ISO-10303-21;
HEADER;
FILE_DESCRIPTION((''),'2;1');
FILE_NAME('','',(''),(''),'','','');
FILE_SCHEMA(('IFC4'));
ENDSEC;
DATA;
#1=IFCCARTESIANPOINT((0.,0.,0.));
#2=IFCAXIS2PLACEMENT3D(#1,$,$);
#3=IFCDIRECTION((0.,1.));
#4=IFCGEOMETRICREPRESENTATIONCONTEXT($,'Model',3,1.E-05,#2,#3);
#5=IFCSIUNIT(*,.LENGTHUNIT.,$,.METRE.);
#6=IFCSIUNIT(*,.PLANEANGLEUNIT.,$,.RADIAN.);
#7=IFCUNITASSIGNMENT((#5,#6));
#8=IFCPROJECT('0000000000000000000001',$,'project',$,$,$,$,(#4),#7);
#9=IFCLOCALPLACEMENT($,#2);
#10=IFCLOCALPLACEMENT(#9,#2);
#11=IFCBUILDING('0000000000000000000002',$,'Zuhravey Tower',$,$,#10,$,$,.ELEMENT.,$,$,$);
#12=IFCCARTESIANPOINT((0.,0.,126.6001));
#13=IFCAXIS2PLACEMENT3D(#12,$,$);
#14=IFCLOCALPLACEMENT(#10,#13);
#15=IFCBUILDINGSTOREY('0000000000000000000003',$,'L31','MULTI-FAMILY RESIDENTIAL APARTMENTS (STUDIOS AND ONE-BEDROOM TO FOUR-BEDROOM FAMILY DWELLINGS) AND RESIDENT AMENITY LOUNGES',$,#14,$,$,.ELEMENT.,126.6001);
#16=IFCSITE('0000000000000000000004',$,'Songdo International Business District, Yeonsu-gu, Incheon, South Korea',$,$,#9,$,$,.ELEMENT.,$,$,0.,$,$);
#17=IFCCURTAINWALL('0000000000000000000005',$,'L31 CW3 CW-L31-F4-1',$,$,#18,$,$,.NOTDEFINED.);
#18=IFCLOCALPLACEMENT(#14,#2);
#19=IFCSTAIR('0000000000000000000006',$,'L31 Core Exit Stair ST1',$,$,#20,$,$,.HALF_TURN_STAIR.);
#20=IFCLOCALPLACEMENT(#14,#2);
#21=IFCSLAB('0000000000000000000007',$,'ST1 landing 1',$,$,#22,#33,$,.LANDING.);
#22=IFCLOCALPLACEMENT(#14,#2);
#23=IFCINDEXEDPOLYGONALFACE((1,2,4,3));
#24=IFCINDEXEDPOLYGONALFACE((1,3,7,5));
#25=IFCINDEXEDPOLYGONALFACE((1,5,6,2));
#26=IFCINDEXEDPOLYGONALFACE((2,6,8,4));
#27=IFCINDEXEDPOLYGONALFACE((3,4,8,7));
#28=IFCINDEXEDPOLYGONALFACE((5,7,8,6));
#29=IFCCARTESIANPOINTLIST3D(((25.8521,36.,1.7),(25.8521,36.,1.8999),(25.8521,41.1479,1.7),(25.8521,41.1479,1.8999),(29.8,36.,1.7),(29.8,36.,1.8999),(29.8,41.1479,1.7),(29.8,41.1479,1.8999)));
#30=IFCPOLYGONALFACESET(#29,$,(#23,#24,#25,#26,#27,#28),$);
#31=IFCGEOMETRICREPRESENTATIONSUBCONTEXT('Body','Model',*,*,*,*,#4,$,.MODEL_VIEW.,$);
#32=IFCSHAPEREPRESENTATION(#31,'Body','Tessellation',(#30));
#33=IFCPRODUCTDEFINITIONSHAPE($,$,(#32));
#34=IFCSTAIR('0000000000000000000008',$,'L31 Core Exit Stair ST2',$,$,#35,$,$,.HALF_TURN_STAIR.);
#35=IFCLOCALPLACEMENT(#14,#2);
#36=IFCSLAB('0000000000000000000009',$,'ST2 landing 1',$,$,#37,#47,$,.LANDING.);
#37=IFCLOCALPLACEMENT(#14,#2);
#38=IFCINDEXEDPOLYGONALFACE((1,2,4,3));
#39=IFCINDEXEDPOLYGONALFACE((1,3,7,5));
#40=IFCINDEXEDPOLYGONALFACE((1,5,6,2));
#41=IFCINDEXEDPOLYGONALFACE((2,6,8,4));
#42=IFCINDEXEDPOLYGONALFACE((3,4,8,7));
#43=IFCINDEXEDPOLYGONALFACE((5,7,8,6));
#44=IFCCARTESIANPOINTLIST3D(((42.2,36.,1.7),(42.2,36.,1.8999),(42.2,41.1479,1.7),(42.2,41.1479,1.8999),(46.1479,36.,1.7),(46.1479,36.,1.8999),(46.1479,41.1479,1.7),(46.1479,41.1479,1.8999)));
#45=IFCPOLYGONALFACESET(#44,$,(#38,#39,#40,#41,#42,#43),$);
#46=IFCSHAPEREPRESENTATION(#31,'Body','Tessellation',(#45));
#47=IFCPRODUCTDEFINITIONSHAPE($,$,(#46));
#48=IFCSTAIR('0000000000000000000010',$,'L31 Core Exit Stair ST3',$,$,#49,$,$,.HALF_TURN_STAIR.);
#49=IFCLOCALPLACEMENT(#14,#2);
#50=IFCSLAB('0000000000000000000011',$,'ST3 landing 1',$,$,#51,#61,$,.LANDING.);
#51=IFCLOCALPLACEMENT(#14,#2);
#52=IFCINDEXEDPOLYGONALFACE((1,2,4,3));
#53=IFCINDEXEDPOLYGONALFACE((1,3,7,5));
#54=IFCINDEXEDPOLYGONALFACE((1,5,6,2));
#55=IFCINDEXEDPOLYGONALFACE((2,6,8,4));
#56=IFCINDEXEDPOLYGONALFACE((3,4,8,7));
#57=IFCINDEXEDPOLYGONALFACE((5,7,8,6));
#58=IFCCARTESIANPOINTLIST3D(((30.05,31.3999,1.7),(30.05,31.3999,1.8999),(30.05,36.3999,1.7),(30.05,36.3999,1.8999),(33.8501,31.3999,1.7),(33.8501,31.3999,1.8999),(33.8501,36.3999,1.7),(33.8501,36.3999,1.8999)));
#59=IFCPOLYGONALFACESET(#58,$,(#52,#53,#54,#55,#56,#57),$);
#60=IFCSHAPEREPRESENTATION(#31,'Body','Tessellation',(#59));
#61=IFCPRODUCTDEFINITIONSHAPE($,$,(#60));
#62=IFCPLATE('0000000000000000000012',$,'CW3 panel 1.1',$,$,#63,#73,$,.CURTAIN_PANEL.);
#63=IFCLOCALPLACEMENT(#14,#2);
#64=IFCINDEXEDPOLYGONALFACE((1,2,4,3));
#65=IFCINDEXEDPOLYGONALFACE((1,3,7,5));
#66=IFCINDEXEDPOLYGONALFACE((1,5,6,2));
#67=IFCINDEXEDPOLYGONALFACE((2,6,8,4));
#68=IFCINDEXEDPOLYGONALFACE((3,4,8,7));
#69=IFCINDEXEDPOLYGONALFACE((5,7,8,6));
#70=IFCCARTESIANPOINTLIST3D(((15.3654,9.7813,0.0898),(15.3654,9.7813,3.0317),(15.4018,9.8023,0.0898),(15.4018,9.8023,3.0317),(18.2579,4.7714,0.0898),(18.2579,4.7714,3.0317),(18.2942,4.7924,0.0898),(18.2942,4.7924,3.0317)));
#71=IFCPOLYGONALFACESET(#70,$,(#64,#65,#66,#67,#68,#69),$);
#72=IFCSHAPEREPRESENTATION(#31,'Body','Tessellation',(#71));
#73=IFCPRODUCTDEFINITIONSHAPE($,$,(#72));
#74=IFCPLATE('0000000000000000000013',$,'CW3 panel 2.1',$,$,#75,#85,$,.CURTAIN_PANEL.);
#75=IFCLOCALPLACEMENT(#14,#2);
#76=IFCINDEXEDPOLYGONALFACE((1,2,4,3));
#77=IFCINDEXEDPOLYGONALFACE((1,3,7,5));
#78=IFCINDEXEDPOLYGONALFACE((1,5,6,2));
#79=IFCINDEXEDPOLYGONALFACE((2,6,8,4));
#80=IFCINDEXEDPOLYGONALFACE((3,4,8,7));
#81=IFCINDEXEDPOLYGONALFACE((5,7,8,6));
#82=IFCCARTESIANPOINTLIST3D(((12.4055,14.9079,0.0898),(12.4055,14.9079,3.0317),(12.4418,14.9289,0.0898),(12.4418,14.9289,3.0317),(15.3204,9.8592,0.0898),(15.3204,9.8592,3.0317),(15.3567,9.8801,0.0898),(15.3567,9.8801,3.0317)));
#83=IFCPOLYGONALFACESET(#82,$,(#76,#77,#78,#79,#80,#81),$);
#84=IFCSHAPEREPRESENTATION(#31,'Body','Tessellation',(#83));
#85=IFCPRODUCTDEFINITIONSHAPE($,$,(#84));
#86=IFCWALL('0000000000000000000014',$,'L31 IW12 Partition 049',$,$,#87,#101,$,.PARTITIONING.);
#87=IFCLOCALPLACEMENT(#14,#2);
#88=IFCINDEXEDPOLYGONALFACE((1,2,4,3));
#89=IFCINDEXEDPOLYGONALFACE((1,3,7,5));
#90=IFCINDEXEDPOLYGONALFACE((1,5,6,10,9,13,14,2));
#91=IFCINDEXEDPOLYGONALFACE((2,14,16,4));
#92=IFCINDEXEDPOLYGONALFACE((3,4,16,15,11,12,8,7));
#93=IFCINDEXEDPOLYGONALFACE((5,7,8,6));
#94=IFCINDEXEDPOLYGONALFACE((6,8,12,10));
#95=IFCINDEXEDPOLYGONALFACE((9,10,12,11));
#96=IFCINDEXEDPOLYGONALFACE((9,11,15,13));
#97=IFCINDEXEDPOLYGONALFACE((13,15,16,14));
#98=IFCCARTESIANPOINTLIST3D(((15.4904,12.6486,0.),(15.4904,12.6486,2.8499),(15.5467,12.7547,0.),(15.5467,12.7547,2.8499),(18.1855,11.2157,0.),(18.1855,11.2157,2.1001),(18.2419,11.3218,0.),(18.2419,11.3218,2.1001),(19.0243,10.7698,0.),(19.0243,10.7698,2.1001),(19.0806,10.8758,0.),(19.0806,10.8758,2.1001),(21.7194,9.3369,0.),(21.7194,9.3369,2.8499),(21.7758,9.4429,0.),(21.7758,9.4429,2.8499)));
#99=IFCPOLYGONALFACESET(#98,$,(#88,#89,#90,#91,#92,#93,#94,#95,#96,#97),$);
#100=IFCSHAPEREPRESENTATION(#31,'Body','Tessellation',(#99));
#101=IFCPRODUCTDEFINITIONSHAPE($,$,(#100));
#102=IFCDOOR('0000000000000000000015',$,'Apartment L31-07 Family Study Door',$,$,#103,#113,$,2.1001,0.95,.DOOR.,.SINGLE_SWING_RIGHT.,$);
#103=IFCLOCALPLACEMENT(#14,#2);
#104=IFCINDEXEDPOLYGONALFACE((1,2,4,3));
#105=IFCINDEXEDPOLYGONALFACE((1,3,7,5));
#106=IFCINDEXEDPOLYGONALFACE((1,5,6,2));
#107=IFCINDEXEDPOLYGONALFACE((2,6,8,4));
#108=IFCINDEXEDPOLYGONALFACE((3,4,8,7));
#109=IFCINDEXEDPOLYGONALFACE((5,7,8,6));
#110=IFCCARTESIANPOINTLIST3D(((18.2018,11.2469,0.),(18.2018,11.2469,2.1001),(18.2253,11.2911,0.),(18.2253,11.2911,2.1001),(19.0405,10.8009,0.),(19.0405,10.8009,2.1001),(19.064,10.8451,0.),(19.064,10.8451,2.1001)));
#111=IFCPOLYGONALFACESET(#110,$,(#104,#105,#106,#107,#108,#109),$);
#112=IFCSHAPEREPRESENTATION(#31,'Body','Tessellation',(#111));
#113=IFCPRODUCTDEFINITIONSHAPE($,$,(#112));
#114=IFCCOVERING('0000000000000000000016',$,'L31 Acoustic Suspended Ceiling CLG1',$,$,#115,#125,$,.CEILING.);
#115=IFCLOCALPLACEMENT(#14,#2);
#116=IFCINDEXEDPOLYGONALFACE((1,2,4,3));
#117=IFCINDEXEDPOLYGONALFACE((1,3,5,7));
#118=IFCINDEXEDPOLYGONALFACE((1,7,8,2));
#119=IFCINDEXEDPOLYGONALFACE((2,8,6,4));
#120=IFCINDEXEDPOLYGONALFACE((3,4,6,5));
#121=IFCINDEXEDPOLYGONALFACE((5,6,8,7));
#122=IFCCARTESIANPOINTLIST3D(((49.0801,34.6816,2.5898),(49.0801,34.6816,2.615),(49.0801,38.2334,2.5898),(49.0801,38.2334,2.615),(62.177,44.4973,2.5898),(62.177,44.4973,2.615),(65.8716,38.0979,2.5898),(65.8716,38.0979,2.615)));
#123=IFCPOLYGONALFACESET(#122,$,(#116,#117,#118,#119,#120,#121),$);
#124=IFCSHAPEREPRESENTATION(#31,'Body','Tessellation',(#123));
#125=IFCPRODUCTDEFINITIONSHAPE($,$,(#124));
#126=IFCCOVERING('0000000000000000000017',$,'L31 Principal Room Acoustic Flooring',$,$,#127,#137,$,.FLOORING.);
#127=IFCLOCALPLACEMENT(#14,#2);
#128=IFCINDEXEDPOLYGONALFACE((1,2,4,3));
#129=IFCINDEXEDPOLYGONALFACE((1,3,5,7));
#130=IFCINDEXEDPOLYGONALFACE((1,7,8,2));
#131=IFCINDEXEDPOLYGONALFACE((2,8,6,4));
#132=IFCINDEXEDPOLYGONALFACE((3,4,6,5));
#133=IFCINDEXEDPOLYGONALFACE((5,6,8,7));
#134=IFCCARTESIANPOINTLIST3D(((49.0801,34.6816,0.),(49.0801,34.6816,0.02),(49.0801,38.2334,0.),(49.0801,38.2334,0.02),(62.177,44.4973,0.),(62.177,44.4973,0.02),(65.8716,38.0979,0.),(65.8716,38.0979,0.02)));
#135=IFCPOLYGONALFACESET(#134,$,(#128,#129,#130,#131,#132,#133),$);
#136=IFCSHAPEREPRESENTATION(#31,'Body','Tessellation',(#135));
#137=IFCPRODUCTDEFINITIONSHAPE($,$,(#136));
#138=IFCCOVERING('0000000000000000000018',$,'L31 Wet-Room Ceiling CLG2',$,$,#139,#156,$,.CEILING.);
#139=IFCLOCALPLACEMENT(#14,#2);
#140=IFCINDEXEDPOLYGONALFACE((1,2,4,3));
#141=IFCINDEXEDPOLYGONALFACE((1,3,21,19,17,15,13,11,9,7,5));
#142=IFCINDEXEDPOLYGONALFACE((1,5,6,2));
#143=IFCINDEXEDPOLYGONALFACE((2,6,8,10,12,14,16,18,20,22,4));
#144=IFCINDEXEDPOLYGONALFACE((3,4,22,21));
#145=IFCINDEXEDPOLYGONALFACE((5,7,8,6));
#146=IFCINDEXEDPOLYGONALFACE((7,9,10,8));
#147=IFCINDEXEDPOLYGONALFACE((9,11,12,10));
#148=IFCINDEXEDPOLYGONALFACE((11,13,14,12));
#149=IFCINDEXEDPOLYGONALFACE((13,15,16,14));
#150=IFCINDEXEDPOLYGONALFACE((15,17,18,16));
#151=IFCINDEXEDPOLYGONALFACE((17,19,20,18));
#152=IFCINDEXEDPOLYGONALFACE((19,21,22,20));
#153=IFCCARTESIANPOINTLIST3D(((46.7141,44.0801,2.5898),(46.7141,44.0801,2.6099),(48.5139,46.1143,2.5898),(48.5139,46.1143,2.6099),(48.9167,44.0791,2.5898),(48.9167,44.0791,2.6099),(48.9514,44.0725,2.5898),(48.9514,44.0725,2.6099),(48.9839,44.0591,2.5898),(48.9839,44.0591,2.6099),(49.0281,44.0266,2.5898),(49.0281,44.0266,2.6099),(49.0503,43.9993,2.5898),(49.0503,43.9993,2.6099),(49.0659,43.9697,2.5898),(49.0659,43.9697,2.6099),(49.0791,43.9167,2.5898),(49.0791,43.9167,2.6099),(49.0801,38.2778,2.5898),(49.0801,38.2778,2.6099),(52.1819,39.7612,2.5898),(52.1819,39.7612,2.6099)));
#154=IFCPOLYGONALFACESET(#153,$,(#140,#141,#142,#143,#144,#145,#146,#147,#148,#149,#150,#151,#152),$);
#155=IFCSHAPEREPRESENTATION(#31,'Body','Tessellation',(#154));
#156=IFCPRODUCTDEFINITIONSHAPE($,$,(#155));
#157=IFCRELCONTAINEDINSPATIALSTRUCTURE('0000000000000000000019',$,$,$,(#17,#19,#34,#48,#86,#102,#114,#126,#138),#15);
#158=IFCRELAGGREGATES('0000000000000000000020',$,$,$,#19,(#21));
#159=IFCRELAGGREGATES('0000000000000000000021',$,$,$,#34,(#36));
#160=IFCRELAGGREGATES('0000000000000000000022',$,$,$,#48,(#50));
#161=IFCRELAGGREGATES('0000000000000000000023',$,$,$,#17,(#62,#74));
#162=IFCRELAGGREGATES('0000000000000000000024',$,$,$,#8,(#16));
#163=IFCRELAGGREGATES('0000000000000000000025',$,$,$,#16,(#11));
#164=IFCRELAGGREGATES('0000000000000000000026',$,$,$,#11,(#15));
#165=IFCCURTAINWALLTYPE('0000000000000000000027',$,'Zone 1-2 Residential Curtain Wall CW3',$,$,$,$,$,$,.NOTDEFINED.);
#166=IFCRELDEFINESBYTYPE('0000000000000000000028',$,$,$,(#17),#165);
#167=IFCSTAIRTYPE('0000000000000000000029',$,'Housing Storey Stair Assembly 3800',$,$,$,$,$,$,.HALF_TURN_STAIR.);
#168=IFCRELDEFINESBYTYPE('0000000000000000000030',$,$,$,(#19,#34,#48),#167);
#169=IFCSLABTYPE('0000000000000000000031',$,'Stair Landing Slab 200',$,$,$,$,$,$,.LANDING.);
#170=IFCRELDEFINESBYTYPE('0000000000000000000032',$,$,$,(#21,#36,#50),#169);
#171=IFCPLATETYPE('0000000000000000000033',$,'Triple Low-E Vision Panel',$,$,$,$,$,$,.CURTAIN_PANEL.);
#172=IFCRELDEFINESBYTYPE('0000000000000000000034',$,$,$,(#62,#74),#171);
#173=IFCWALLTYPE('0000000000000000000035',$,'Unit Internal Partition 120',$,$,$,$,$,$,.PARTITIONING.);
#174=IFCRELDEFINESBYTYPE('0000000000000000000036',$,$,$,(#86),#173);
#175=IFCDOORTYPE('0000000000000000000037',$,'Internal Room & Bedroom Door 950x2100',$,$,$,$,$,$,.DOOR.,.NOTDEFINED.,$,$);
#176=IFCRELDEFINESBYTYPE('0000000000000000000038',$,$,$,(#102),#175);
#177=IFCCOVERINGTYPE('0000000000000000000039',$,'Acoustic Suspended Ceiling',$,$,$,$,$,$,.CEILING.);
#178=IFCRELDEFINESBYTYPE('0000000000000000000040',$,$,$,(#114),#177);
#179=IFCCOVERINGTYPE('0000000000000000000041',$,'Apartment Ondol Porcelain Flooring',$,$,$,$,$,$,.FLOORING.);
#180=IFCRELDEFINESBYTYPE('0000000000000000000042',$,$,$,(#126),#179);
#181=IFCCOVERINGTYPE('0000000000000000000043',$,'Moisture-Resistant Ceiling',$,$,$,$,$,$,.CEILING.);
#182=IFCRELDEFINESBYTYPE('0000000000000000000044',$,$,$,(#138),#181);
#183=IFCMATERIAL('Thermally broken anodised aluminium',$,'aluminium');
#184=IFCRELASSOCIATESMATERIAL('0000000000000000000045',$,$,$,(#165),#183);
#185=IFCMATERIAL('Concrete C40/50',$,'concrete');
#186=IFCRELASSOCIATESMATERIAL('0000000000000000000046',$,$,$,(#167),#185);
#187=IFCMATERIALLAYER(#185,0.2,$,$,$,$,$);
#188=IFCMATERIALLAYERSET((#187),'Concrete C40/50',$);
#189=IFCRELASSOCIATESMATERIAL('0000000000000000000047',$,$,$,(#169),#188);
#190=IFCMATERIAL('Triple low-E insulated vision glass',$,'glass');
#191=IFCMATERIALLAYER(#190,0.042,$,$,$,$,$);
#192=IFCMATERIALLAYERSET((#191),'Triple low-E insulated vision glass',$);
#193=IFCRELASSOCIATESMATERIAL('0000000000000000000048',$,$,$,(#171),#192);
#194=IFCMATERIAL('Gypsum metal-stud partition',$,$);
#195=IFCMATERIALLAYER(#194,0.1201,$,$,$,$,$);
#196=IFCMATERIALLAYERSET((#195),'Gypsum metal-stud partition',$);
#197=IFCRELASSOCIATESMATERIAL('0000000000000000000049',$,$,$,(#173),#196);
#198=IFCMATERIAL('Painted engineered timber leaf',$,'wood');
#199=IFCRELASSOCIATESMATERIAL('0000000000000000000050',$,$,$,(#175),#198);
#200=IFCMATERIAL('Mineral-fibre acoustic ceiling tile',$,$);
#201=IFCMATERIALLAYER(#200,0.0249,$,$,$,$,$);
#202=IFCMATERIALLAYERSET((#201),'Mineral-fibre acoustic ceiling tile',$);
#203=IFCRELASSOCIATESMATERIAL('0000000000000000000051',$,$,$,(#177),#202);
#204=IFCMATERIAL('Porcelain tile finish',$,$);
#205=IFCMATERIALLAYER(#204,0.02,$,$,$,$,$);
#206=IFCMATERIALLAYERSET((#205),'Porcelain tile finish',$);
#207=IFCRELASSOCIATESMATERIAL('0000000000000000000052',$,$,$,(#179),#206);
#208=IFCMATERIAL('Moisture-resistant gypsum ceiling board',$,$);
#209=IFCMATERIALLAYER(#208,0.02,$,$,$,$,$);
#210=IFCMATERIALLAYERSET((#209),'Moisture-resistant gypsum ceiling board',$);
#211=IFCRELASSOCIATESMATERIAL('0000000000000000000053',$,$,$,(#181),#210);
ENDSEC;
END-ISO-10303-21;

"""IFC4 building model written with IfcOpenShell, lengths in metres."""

from ifc_helpers import new_model, si_unit, direction, frame, frame_2d, origin, origin_2d, place, context, subcontext, project, spatial, polyline, rectangle, outline, extrude, material, layer, layer_set, type_object, element, fill, aggregate, save


model = new_model("IFC4")

# Units and contexts
model_context = context("Model", 3, precision=1e-05, world=origin(), true_north=direction((0.0, 1.0)))
body_context = subcontext(model_context, "Body", "Model", "MODEL_VIEW")
ifc_project = project(units=[si_unit("LENGTHUNIT", "METRE"), si_unit("PLANEANGLEUNIT", "RADIAN")], contexts=[model_context])

# Site, building, storey
site_placement = place(None, origin())
site = spatial("IfcSite", under=ifc_project, at=site_placement, Name="Songdo International Business District, Yeonsu-gu, Incheon, South Korea", CompositionType="ELEMENT", RefElevation=0.0)
building_placement = place(site_placement, origin())
building = spatial("IfcBuilding", under=site, at=building_placement, Name="Zuhravey Tower", CompositionType="ELEMENT")
storey_placement = place(building_placement, frame((0.0, 0.0, 126.6001)))
storey = spatial("IfcBuildingStorey", under=building, at=storey_placement, Name="L31", Description="MULTI-FAMILY RESIDENTIAL APARTMENTS (STUDIOS AND ONE-BEDROOM TO FOUR-BEDROOM FAMILY DWELLINGS) AND RESIDENT AMENITY LOUNGES", CompositionType="ELEMENT", Elevation=126.6001)

# Curtain wall
ifc_material_1 = material(Name="Thermally broken anodised aluminium", Category="aluminium")
curtain_wall_type = type_object("IfcCurtainWallType", Name="Zone 1-2 Residential Curtain Wall CW3", PredefinedType="NOTDEFINED", material=ifc_material_1)
curtain_wall_placement = place(storey_placement, origin())
curtain_wall = element("IfcCurtainWall", 1, at=curtain_wall_placement, inside=storey, type_object=curtain_wall_type, Name="L31 CW3 CW-L31-F4-1", PredefinedType="NOTDEFINED")

# Shared definitions
ifc_material_2 = material(Name="Concrete C40/50", Category="concrete")

# Stairs, slabs
stair_type = type_object("IfcStairType", Name="Housing Storey Stair Assembly 3800", PredefinedType="HALF_TURN_STAIR", material=ifc_material_2)
stair_1_placement = place(storey_placement, origin())
stair_1 = element("IfcStair", 2, at=stair_1_placement, inside=storey, type_object=stair_type, Name="L31 Core Exit Stair ST1", PredefinedType="HALF_TURN_STAIR")
ifc_layer_1 = layer(ifc_material_2, 0.2)
ifc_layer_set_1 = layer_set([ifc_layer_1], Name="Concrete C40/50")
slab_type_1 = type_object("IfcSlabType", Name="Stair Landing Slab 200", PredefinedType="LANDING", material=ifc_layer_set_1)
slab_1_placement = place(storey_placement, frame((0.0, 0.0, 1.7)))
slab_1 = element("IfcSlab", 3, at=slab_1_placement, type_object=slab_type_1, Name="ST1 landing 1", PredefinedType="LANDING", context=body_context, shape_type="SweptSolid", body=[
    extrude(outline(polyline([(29.8, 36.0), (29.8, 41.1479), (25.8521, 41.1479), (25.8521, 36.0), (29.8, 36.0)])), origin(), (0.0, 0.0, 1.0), 0.2),
])
aggregate(stair_1, [slab_1])
stair_2_placement = place(storey_placement, origin())
stair_2 = element("IfcStair", 4, at=stair_2_placement, inside=storey, type_object=stair_type, Name="L31 Core Exit Stair ST2", PredefinedType="HALF_TURN_STAIR")
slab_2_placement = place(storey_placement, frame((0.0, 0.0, 1.7)))
slab_2 = element("IfcSlab", 5, at=slab_2_placement, type_object=slab_type_1, Name="ST2 landing 1", PredefinedType="LANDING", context=body_context, shape_type="SweptSolid", body=[
    extrude(outline(polyline([(46.1479, 36.0), (46.1479, 41.1479), (42.2, 41.1479), (42.2, 36.0), (46.1479, 36.0)])), origin(), (0.0, 0.0, 1.0), 0.2),
])
aggregate(stair_2, [slab_2])
stair_3_placement = place(storey_placement, origin())
stair_3 = element("IfcStair", 6, at=stair_3_placement, inside=storey, type_object=stair_type, Name="L31 Core Exit Stair ST3", PredefinedType="HALF_TURN_STAIR")
slab_3_placement = place(storey_placement, frame((0.0, 0.0, 1.7)))
slab_3 = element("IfcSlab", 7, at=slab_3_placement, type_object=slab_type_1, Name="ST3 landing 1", PredefinedType="LANDING", context=body_context, shape_type="SweptSolid", body=[
    extrude(outline(polyline([(30.05, 36.3999), (30.05, 31.3999), (33.8501, 31.3999), (33.8501, 36.3999), (30.05, 36.3999)])), origin(), (0.0, 0.0, 1.0), 0.2),
])
aggregate(stair_3, [slab_3])

# Plates
ifc_material_3 = material(Name="Triple low-E insulated vision glass", Category="glass")
ifc_layer_2 = layer(ifc_material_3, 0.042)
ifc_layer_set_2 = layer_set([ifc_layer_2], Name="Triple low-E insulated vision glass")
plate_type = type_object("IfcPlateType", Name="Triple Low-E Vision Panel", PredefinedType="CURTAIN_PANEL", material=ifc_layer_set_2)
plate_1_placement = place(storey_placement, frame((16.8298, 7.2869, 0.0898), z_axis=(0.0, 0.0, 1.0), x_axis=(-0.5, 0.866026, 0.0)))
plate_1 = element("IfcPlate", 8, at=plate_1_placement, type_object=plate_type, Name="CW3 panel 1.1", PredefinedType="CURTAIN_PANEL", context=body_context, shape_type="SweptSolid", body=[
    extrude(rectangle(XDim=5.7849, YDim=0.042, at=origin_2d()), origin(), (0.0, 0.0, 1.0), 2.9419),
])
plate_2_placement = place(storey_placement, frame((13.8811, 12.394, 0.0898), z_axis=(0.0, 0.0, 1.0), x_axis=(-0.5, 0.866026, 0.0)))
plate_2 = element("IfcPlate", 9, at=plate_2_placement, type_object=plate_type, Name="CW3 panel 2.1", PredefinedType="CURTAIN_PANEL", context=body_context, shape_type="SweptSolid", body=[
    extrude(rectangle(XDim=5.8298, YDim=0.042, at=origin_2d()), origin(), (0.0, 0.0, 1.0), 2.9419),
])
aggregate(curtain_wall, [plate_1, plate_2])

# Wall, opening, door
ifc_material_4 = material(Name="Gypsum metal-stud partition")
ifc_layer_3 = layer(ifc_material_4, 0.1201)
ifc_layer_set_3 = layer_set([ifc_layer_3], Name="Gypsum metal-stud partition")
wall_type = type_object("IfcWallType", Name="Unit Internal Partition 120", PredefinedType="PARTITIONING", material=ifc_layer_set_3)
wall_placement = place(storey_placement, frame((15.5186, 12.7017, 0.0), z_axis=(0.0, 0.0, 1.0), x_axis=(0.882962, -0.469444, 0.0)))
wall = element("IfcWall", 10, at=wall_placement, inside=storey, type_object=wall_type, Name="L31 IW12 Partition 049", PredefinedType="PARTITIONING", context=body_context, shape_type="SweptSolid", body=[
    extrude(rectangle(XDim=7.0547, YDim=0.1201, at=frame_2d((3.5273, 0.0))), origin(), (0.0, 0.0, 1.0), 2.8499),
])
opening_placement = place(wall_placement, frame((3.0522, 0.0, 0.0)))
opening = element("IfcOpeningElement", 11, at=opening_placement, cuts=wall, PredefinedType="OPENING", context=body_context, shape_type="SweptSolid", body=[
    extrude(rectangle(XDim=0.95, YDim=2.1001, at=frame_2d((0.4751, 1.05))), frame((0.0, 0.072, 0.0), z_axis=(0.0, -1.0, 0.0), x_axis=(1.0, 0.0, 0.0)), (0.0, 0.0, 1.0), 0.144),
])
ifc_material_5 = material(Name="Painted engineered timber leaf", Category="wood")
door_type = type_object("IfcDoorType", Name="Internal Room & Bedroom Door 950x2100", OperationType="NOTDEFINED", PredefinedType="DOOR", material=ifc_material_5)
door_placement = place(opening_placement, frame((0.95, 0.0, 0.0), z_axis=(0.0, 0.0, 1.0), x_axis=(-1.0, 0.0, 0.0)))
door = element("IfcDoor", 12, at=door_placement, inside=storey, type_object=door_type, Name="Apartment L31-07 Family Study Door", OperationType="SINGLE_SWING_RIGHT", OverallHeight=2.1001, OverallWidth=0.95, PredefinedType="DOOR", context=body_context, shape_type="SweptSolid", body=[
    extrude(rectangle(XDim=0.95, YDim=2.1001, at=frame_2d((0.4751, 1.05))), frame((0.0, 0.0249, 0.0), z_axis=(0.0, -1.0, 0.0), x_axis=(1.0, 0.0, 0.0)), (0.0, 0.0, 1.0), 0.05),
])
fill(opening, door)

# Coverings
ifc_material_6 = material(Name="Mineral-fibre acoustic ceiling tile")
ifc_layer_4 = layer(ifc_material_6, 0.0249)
ifc_layer_set_4 = layer_set([ifc_layer_4], Name="Mineral-fibre acoustic ceiling tile")
covering_type_1 = type_object("IfcCoveringType", Name="Acoustic Suspended Ceiling", PredefinedType="CEILING", material=ifc_layer_set_4)
covering_1_placement = place(storey_placement, frame((0.0, 0.0, 2.5898)))
element("IfcCovering", 13, at=covering_1_placement, inside=storey, type_object=covering_type_1, Name="L31 Acoustic Suspended Ceiling CLG1", PredefinedType="CEILING", context=body_context, shape_type="SweptSolid", body=[
    extrude(outline(polyline([(62.177, 44.4973), (65.8716, 38.0979), (49.0801, 34.6816), (49.0801, 38.2334), (62.177, 44.4973)])), origin(), (0.0, 0.0, 1.0), 0.0251),
])
ifc_material_7 = material(Name="Porcelain tile finish")
ifc_layer_5 = layer(ifc_material_7, 0.02)
ifc_layer_set_5 = layer_set([ifc_layer_5], Name="Porcelain tile finish")
covering_type_2 = type_object("IfcCoveringType", Name="Apartment Ondol Porcelain Flooring", PredefinedType="FLOORING", material=ifc_layer_set_5)
covering_2_placement = place(storey_placement, origin())
element("IfcCovering", 14, at=covering_2_placement, inside=storey, type_object=covering_type_2, Name="L31 Principal Room Acoustic Flooring", PredefinedType="FLOORING", context=body_context, shape_type="SweptSolid", body=[
    extrude(outline(polyline([(62.177, 44.4973), (65.8716, 38.0979), (49.0801, 34.6816), (49.0801, 38.2334), (62.177, 44.4973)])), origin(), (0.0, 0.0, 1.0), 0.02),
])
ifc_material_8 = material(Name="Moisture-resistant gypsum ceiling board")
ifc_layer_6 = layer(ifc_material_8, 0.02)
ifc_layer_set_6 = layer_set([ifc_layer_6], Name="Moisture-resistant gypsum ceiling board")
covering_type_3 = type_object("IfcCoveringType", Name="Moisture-Resistant Ceiling", PredefinedType="CEILING", material=ifc_layer_set_6)
covering_3_placement = place(storey_placement, frame((0.0, 0.0, 2.5898)))
element("IfcCovering", 15, at=covering_3_placement, inside=storey, type_object=covering_type_3, Name="L31 Wet-Room Ceiling CLG2", PredefinedType="CEILING", context=body_context, shape_type="SweptSolid", body=[
    extrude(outline(polyline([(49.0791, 43.9167), (49.0659, 43.9697), (49.0503, 43.9993), (49.0281, 44.0266), (48.9839, 44.0591), (48.9514, 44.0725), (48.9167, 44.0791), (46.7141, 44.0801), (48.5139, 46.1143), (52.1819, 39.7612), (49.0801, 38.2778), (49.0791, 43.9167)])), origin(), (0.0, 0.0, 1.0), 0.02),
])

save(model, "model.ifc")
